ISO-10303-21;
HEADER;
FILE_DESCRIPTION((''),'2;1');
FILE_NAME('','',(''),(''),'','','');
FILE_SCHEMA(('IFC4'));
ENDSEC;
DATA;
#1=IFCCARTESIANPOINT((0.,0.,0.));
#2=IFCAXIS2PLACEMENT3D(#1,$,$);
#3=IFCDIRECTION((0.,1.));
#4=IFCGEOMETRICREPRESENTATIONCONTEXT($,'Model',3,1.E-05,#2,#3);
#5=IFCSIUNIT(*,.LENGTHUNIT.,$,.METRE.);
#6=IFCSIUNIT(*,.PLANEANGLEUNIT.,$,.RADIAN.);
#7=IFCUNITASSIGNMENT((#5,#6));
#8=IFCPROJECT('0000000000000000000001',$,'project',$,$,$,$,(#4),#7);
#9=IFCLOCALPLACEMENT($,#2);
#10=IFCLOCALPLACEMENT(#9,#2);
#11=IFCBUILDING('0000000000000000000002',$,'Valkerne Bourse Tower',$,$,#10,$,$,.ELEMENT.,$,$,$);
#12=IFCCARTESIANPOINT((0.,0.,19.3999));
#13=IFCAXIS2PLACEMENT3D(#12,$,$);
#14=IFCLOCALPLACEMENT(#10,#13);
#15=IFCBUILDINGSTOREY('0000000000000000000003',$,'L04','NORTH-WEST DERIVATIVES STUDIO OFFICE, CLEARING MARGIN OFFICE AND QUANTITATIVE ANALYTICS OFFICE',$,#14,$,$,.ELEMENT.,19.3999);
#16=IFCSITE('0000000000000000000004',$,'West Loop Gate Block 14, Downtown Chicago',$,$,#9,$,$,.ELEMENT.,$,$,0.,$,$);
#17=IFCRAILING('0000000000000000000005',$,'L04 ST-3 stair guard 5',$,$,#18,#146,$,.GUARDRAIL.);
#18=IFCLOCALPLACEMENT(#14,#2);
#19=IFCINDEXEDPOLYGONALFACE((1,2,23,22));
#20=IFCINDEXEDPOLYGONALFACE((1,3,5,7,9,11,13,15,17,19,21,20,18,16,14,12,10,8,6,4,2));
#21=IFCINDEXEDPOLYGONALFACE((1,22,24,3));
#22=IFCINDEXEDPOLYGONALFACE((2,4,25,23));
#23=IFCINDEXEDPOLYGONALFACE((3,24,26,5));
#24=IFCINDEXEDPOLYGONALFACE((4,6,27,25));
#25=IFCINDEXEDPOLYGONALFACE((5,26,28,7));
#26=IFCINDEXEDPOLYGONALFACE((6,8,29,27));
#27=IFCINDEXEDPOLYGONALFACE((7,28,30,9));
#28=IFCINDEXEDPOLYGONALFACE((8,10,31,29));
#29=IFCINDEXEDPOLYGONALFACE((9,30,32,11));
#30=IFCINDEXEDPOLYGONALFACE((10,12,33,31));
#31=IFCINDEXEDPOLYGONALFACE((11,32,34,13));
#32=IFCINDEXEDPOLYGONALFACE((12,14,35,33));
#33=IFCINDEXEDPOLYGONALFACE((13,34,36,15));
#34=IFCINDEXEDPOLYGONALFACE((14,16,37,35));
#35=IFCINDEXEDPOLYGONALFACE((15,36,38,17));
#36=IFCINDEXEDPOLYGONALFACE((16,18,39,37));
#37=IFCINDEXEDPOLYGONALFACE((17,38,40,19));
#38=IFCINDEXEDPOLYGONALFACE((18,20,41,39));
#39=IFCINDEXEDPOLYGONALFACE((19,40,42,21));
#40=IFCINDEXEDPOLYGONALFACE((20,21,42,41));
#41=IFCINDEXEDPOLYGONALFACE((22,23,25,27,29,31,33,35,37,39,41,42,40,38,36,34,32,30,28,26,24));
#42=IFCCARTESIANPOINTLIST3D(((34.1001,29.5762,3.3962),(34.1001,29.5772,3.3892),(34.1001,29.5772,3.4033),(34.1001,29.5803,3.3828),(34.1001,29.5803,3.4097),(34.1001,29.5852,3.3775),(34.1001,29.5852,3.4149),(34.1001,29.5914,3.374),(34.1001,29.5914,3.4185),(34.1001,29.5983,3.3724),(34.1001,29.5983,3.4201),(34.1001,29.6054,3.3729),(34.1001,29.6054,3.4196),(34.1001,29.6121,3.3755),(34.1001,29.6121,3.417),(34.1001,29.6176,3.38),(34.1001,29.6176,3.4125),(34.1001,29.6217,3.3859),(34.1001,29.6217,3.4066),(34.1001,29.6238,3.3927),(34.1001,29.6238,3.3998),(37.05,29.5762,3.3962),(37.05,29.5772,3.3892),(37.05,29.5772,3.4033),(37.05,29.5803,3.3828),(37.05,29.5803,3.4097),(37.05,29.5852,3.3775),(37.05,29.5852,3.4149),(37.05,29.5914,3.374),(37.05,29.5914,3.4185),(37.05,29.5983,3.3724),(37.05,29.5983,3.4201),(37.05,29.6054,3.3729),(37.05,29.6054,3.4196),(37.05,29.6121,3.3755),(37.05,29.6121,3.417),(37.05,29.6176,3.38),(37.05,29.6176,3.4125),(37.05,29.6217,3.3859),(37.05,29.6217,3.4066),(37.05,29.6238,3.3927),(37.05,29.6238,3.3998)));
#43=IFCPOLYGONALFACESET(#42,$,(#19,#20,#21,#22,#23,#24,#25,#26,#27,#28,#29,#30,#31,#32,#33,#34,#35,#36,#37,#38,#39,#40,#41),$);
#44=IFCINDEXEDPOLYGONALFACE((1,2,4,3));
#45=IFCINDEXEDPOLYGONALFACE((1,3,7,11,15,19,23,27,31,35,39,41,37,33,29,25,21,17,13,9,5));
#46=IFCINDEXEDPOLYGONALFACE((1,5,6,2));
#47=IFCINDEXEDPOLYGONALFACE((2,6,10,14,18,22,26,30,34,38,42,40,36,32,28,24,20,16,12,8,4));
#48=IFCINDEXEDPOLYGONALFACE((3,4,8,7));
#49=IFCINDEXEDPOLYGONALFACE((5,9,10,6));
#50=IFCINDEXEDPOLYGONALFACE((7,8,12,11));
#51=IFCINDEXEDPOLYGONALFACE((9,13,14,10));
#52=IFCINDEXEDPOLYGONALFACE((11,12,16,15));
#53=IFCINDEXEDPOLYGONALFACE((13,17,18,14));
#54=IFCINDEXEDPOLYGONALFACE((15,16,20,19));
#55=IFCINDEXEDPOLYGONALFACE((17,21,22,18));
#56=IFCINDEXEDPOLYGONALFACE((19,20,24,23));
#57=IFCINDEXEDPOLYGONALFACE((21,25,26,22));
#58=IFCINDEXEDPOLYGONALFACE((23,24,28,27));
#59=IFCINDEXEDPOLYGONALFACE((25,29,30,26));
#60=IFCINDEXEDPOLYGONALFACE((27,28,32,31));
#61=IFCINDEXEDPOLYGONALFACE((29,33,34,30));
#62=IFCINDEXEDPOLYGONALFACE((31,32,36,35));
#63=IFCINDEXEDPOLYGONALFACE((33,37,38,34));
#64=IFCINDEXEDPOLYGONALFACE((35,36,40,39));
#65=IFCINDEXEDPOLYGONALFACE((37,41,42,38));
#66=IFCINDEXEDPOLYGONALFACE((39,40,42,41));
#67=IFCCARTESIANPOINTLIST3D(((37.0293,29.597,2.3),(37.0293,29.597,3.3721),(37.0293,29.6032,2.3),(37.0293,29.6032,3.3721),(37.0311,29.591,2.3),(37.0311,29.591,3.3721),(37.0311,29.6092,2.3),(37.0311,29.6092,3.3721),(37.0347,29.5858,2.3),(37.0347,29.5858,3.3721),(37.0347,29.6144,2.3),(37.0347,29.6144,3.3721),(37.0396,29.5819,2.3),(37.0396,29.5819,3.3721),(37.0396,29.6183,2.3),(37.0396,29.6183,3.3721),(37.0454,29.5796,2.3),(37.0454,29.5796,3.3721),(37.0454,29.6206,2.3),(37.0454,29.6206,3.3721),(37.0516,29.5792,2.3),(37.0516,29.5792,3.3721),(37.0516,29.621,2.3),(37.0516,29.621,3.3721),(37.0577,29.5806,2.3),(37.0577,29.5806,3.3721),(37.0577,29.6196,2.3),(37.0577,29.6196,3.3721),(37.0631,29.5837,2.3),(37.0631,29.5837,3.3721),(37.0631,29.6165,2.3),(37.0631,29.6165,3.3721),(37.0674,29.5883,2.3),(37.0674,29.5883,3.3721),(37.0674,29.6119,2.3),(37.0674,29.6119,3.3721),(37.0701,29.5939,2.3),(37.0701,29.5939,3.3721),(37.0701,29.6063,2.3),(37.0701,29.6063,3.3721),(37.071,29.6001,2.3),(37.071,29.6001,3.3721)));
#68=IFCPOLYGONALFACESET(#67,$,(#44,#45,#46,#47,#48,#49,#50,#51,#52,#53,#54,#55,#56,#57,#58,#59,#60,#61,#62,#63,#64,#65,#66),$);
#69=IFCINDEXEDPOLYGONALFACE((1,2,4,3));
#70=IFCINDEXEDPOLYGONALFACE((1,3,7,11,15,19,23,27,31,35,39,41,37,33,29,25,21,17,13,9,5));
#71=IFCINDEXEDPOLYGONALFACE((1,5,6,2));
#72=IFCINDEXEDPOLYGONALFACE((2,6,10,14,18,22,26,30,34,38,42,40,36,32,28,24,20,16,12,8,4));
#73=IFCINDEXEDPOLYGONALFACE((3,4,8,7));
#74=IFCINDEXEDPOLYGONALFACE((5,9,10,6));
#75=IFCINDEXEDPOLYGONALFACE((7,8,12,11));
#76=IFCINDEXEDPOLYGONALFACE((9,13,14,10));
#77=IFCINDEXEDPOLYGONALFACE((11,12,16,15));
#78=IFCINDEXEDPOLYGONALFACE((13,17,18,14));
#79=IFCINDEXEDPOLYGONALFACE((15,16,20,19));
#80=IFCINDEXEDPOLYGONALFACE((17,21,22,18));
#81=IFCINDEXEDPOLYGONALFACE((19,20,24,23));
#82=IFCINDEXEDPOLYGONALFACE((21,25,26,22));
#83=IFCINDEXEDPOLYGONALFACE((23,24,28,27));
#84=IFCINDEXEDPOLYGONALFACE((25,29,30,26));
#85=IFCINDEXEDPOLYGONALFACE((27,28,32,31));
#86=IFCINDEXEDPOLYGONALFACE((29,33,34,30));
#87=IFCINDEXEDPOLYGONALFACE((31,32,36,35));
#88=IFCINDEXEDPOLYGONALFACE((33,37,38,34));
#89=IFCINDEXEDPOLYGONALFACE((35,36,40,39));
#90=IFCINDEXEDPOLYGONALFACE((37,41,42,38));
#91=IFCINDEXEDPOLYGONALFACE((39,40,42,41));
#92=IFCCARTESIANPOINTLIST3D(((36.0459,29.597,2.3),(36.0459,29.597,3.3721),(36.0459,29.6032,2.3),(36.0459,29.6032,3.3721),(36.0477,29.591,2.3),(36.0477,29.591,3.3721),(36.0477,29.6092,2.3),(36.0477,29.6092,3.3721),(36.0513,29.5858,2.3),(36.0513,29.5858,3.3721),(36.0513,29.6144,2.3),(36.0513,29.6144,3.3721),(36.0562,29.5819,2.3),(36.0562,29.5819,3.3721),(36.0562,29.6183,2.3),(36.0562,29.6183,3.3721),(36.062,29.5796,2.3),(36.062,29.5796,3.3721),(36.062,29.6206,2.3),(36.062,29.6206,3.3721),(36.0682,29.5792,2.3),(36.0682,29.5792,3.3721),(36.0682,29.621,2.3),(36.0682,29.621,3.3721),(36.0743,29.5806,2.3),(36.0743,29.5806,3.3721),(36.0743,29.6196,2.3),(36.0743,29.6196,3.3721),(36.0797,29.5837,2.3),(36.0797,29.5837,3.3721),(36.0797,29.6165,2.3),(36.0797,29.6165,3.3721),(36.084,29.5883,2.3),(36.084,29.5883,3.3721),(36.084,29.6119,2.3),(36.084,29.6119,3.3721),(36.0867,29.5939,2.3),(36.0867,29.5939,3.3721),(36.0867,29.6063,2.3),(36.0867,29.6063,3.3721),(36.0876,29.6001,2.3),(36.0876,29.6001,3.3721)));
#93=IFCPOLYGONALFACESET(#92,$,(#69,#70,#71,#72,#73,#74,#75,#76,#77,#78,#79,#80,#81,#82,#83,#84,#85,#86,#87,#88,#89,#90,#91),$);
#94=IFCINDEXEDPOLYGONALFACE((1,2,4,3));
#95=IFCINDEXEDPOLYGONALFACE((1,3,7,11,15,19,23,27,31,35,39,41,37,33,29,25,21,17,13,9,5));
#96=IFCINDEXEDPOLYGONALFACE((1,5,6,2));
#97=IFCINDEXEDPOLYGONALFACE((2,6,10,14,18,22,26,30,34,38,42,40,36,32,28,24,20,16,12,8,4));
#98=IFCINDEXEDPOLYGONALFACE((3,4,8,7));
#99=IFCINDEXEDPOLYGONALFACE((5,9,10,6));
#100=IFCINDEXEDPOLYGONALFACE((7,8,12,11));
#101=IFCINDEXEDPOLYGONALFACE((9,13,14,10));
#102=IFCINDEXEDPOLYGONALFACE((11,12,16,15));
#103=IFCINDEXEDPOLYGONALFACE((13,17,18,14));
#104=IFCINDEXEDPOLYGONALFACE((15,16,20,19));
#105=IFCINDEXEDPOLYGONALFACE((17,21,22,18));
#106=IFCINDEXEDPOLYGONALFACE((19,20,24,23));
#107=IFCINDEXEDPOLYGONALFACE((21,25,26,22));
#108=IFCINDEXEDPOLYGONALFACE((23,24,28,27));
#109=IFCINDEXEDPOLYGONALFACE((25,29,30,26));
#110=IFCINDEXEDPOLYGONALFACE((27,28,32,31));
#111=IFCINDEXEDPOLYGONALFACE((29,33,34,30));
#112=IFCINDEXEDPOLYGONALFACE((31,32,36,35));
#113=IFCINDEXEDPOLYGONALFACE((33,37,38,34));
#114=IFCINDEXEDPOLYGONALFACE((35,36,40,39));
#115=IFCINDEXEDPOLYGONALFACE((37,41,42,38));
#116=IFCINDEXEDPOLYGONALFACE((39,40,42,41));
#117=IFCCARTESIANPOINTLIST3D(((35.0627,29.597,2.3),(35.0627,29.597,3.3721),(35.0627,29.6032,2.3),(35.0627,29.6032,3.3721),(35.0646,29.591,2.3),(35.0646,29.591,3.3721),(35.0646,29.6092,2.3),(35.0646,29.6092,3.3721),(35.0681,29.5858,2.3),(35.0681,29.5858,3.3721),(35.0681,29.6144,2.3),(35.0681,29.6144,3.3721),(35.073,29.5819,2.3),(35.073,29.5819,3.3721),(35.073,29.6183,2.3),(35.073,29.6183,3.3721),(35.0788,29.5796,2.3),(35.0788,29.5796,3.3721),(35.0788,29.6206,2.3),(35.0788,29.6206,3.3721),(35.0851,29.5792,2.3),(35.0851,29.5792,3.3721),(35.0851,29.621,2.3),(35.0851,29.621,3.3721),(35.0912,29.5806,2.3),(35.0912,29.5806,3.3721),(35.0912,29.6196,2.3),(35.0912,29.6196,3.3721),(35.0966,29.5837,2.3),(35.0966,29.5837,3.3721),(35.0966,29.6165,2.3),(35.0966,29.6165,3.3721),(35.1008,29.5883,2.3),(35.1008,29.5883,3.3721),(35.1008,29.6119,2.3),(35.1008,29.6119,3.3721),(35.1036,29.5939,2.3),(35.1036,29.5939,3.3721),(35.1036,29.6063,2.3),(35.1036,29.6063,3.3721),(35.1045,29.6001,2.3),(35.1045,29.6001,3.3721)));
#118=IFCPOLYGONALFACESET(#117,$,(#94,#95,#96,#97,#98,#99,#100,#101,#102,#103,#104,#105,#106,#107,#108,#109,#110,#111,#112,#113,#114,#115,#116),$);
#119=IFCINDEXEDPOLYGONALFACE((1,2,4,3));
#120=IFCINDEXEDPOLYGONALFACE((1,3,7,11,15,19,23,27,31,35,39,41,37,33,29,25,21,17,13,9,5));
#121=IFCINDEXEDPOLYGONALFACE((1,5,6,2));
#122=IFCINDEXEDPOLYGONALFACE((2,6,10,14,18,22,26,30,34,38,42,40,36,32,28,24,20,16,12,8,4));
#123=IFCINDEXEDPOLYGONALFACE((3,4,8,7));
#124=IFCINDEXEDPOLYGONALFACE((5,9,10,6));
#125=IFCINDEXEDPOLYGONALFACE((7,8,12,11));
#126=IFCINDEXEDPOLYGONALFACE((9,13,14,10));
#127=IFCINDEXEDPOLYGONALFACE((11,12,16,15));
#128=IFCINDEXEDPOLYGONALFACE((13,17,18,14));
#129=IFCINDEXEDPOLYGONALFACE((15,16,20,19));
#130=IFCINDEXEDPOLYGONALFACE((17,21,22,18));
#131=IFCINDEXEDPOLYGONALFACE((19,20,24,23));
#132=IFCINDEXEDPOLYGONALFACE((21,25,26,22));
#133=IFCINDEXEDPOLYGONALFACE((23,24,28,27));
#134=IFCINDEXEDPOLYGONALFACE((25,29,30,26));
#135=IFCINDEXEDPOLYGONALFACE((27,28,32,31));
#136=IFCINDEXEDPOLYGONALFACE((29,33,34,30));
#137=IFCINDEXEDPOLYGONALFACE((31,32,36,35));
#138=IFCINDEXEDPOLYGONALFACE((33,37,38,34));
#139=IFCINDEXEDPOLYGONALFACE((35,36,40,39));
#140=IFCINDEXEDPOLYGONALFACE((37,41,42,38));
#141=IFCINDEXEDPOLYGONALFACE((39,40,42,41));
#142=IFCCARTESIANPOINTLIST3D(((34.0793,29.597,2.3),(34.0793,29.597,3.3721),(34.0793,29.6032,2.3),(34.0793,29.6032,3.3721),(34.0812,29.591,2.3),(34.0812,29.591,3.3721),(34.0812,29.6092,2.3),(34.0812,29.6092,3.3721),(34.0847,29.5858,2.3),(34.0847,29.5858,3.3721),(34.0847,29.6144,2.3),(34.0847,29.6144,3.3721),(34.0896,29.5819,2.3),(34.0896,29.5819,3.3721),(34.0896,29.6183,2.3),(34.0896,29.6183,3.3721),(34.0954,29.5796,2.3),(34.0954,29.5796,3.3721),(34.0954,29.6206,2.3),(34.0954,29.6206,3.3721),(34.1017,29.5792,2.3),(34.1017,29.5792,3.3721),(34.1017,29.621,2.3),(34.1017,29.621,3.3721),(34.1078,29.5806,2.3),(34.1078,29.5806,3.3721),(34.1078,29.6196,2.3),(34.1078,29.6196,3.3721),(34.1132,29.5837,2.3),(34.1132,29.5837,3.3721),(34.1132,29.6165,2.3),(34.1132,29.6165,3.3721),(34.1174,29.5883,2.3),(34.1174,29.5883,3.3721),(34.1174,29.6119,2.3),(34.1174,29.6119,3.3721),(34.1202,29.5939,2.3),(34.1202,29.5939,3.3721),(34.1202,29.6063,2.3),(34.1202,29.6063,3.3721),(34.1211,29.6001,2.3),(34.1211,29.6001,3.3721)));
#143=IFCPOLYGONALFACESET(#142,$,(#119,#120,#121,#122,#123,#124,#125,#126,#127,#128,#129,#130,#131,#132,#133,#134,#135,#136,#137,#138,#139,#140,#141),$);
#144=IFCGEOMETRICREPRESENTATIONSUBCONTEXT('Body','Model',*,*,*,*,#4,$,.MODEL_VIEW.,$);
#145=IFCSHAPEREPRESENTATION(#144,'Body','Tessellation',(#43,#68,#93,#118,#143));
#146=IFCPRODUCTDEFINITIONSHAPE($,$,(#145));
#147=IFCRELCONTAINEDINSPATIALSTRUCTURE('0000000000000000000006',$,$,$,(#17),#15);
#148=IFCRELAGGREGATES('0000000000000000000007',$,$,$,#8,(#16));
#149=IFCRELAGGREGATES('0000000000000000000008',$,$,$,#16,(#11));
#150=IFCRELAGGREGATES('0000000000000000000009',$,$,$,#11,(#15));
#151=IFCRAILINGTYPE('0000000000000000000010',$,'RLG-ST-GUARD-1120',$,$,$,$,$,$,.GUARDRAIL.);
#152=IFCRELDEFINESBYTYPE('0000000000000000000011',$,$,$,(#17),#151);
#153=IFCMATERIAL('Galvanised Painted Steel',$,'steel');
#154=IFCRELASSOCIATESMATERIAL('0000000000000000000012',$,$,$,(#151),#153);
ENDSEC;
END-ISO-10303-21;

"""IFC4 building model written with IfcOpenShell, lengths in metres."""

from ifc_helpers import new_model, si_unit, direction, frame, origin, origin_2d, place, context, subcontext, project, spatial, circle, extrude, material, type_object, element, save


model = new_model("IFC4")

# Units and contexts
model_context = context("Model", 3, precision=1e-05, world=origin(), true_north=direction((0.0, 1.0)))
body_context = subcontext(model_context, "Body", "Model", "MODEL_VIEW")
ifc_project = project(units=[si_unit("LENGTHUNIT", "METRE"), si_unit("PLANEANGLEUNIT", "RADIAN")], contexts=[model_context])

# Site, building, storey
site_placement = place(None, origin())
site = spatial("IfcSite", under=ifc_project, at=site_placement, Name="West Loop Gate Block 14, Downtown Chicago", CompositionType="ELEMENT", RefElevation=0.0)
building_placement = place(site_placement, origin())
building = spatial("IfcBuilding", under=site, at=building_placement, Name="Valkerne Bourse Tower", CompositionType="ELEMENT")
storey_placement = place(building_placement, frame((0.0, 0.0, 19.3999)))
storey = spatial("IfcBuildingStorey", under=building, at=storey_placement, Name="L04", Description="NORTH-WEST DERIVATIVES STUDIO OFFICE, CLEARING MARGIN OFFICE AND QUANTITATIVE ANALYTICS OFFICE", CompositionType="ELEMENT", Elevation=19.3999)

# Shared definitions
ifc_material_1 = material(Name="Galvanised Painted Steel", Category="steel")

# Railing
railing_type_1 = type_object("IfcRailingType", Name="RLG-ST-GUARD-1120", PredefinedType="GUARDRAIL", material=ifc_material_1)
railing_1_placement = place(storey_placement, frame((37.05, 29.6001, 2.3)))
element("IfcRailing", 1, at=railing_1_placement, inside=storey, type_object=railing_type_1, Name="L04 ST-3 stair guard 5", PredefinedType="GUARDRAIL", context=body_context, shape_type="SweptSolid", body=[
    extrude(circle(Radius=0.0239, at=origin_2d()), frame((0.0, 0.0, 1.0962), z_axis=(-1.0, 0.0, 0.0), x_axis=(0.0, -1.0, 0.0)), (0.0, 0.0, 1.0), 2.95),
    extrude(circle(Radius=0.021, at=origin_2d()), origin(), (0.0, 0.0, 1.0), 1.072),
    extrude(circle(Radius=0.021, at=origin_2d()), frame((-0.9834, 0.0, 0.0)), (0.0, 0.0, 1.0), 1.072),
    extrude(circle(Radius=0.021, at=origin_2d()), frame((-1.9666, 0.0, 0.0)), (0.0, 0.0, 1.0), 1.072),
    extrude(circle(Radius=0.021, at=origin_2d()), frame((-2.95, 0.0, 0.0)), (0.0, 0.0, 1.0), 1.072),
])

save(model, "model.ifc")
